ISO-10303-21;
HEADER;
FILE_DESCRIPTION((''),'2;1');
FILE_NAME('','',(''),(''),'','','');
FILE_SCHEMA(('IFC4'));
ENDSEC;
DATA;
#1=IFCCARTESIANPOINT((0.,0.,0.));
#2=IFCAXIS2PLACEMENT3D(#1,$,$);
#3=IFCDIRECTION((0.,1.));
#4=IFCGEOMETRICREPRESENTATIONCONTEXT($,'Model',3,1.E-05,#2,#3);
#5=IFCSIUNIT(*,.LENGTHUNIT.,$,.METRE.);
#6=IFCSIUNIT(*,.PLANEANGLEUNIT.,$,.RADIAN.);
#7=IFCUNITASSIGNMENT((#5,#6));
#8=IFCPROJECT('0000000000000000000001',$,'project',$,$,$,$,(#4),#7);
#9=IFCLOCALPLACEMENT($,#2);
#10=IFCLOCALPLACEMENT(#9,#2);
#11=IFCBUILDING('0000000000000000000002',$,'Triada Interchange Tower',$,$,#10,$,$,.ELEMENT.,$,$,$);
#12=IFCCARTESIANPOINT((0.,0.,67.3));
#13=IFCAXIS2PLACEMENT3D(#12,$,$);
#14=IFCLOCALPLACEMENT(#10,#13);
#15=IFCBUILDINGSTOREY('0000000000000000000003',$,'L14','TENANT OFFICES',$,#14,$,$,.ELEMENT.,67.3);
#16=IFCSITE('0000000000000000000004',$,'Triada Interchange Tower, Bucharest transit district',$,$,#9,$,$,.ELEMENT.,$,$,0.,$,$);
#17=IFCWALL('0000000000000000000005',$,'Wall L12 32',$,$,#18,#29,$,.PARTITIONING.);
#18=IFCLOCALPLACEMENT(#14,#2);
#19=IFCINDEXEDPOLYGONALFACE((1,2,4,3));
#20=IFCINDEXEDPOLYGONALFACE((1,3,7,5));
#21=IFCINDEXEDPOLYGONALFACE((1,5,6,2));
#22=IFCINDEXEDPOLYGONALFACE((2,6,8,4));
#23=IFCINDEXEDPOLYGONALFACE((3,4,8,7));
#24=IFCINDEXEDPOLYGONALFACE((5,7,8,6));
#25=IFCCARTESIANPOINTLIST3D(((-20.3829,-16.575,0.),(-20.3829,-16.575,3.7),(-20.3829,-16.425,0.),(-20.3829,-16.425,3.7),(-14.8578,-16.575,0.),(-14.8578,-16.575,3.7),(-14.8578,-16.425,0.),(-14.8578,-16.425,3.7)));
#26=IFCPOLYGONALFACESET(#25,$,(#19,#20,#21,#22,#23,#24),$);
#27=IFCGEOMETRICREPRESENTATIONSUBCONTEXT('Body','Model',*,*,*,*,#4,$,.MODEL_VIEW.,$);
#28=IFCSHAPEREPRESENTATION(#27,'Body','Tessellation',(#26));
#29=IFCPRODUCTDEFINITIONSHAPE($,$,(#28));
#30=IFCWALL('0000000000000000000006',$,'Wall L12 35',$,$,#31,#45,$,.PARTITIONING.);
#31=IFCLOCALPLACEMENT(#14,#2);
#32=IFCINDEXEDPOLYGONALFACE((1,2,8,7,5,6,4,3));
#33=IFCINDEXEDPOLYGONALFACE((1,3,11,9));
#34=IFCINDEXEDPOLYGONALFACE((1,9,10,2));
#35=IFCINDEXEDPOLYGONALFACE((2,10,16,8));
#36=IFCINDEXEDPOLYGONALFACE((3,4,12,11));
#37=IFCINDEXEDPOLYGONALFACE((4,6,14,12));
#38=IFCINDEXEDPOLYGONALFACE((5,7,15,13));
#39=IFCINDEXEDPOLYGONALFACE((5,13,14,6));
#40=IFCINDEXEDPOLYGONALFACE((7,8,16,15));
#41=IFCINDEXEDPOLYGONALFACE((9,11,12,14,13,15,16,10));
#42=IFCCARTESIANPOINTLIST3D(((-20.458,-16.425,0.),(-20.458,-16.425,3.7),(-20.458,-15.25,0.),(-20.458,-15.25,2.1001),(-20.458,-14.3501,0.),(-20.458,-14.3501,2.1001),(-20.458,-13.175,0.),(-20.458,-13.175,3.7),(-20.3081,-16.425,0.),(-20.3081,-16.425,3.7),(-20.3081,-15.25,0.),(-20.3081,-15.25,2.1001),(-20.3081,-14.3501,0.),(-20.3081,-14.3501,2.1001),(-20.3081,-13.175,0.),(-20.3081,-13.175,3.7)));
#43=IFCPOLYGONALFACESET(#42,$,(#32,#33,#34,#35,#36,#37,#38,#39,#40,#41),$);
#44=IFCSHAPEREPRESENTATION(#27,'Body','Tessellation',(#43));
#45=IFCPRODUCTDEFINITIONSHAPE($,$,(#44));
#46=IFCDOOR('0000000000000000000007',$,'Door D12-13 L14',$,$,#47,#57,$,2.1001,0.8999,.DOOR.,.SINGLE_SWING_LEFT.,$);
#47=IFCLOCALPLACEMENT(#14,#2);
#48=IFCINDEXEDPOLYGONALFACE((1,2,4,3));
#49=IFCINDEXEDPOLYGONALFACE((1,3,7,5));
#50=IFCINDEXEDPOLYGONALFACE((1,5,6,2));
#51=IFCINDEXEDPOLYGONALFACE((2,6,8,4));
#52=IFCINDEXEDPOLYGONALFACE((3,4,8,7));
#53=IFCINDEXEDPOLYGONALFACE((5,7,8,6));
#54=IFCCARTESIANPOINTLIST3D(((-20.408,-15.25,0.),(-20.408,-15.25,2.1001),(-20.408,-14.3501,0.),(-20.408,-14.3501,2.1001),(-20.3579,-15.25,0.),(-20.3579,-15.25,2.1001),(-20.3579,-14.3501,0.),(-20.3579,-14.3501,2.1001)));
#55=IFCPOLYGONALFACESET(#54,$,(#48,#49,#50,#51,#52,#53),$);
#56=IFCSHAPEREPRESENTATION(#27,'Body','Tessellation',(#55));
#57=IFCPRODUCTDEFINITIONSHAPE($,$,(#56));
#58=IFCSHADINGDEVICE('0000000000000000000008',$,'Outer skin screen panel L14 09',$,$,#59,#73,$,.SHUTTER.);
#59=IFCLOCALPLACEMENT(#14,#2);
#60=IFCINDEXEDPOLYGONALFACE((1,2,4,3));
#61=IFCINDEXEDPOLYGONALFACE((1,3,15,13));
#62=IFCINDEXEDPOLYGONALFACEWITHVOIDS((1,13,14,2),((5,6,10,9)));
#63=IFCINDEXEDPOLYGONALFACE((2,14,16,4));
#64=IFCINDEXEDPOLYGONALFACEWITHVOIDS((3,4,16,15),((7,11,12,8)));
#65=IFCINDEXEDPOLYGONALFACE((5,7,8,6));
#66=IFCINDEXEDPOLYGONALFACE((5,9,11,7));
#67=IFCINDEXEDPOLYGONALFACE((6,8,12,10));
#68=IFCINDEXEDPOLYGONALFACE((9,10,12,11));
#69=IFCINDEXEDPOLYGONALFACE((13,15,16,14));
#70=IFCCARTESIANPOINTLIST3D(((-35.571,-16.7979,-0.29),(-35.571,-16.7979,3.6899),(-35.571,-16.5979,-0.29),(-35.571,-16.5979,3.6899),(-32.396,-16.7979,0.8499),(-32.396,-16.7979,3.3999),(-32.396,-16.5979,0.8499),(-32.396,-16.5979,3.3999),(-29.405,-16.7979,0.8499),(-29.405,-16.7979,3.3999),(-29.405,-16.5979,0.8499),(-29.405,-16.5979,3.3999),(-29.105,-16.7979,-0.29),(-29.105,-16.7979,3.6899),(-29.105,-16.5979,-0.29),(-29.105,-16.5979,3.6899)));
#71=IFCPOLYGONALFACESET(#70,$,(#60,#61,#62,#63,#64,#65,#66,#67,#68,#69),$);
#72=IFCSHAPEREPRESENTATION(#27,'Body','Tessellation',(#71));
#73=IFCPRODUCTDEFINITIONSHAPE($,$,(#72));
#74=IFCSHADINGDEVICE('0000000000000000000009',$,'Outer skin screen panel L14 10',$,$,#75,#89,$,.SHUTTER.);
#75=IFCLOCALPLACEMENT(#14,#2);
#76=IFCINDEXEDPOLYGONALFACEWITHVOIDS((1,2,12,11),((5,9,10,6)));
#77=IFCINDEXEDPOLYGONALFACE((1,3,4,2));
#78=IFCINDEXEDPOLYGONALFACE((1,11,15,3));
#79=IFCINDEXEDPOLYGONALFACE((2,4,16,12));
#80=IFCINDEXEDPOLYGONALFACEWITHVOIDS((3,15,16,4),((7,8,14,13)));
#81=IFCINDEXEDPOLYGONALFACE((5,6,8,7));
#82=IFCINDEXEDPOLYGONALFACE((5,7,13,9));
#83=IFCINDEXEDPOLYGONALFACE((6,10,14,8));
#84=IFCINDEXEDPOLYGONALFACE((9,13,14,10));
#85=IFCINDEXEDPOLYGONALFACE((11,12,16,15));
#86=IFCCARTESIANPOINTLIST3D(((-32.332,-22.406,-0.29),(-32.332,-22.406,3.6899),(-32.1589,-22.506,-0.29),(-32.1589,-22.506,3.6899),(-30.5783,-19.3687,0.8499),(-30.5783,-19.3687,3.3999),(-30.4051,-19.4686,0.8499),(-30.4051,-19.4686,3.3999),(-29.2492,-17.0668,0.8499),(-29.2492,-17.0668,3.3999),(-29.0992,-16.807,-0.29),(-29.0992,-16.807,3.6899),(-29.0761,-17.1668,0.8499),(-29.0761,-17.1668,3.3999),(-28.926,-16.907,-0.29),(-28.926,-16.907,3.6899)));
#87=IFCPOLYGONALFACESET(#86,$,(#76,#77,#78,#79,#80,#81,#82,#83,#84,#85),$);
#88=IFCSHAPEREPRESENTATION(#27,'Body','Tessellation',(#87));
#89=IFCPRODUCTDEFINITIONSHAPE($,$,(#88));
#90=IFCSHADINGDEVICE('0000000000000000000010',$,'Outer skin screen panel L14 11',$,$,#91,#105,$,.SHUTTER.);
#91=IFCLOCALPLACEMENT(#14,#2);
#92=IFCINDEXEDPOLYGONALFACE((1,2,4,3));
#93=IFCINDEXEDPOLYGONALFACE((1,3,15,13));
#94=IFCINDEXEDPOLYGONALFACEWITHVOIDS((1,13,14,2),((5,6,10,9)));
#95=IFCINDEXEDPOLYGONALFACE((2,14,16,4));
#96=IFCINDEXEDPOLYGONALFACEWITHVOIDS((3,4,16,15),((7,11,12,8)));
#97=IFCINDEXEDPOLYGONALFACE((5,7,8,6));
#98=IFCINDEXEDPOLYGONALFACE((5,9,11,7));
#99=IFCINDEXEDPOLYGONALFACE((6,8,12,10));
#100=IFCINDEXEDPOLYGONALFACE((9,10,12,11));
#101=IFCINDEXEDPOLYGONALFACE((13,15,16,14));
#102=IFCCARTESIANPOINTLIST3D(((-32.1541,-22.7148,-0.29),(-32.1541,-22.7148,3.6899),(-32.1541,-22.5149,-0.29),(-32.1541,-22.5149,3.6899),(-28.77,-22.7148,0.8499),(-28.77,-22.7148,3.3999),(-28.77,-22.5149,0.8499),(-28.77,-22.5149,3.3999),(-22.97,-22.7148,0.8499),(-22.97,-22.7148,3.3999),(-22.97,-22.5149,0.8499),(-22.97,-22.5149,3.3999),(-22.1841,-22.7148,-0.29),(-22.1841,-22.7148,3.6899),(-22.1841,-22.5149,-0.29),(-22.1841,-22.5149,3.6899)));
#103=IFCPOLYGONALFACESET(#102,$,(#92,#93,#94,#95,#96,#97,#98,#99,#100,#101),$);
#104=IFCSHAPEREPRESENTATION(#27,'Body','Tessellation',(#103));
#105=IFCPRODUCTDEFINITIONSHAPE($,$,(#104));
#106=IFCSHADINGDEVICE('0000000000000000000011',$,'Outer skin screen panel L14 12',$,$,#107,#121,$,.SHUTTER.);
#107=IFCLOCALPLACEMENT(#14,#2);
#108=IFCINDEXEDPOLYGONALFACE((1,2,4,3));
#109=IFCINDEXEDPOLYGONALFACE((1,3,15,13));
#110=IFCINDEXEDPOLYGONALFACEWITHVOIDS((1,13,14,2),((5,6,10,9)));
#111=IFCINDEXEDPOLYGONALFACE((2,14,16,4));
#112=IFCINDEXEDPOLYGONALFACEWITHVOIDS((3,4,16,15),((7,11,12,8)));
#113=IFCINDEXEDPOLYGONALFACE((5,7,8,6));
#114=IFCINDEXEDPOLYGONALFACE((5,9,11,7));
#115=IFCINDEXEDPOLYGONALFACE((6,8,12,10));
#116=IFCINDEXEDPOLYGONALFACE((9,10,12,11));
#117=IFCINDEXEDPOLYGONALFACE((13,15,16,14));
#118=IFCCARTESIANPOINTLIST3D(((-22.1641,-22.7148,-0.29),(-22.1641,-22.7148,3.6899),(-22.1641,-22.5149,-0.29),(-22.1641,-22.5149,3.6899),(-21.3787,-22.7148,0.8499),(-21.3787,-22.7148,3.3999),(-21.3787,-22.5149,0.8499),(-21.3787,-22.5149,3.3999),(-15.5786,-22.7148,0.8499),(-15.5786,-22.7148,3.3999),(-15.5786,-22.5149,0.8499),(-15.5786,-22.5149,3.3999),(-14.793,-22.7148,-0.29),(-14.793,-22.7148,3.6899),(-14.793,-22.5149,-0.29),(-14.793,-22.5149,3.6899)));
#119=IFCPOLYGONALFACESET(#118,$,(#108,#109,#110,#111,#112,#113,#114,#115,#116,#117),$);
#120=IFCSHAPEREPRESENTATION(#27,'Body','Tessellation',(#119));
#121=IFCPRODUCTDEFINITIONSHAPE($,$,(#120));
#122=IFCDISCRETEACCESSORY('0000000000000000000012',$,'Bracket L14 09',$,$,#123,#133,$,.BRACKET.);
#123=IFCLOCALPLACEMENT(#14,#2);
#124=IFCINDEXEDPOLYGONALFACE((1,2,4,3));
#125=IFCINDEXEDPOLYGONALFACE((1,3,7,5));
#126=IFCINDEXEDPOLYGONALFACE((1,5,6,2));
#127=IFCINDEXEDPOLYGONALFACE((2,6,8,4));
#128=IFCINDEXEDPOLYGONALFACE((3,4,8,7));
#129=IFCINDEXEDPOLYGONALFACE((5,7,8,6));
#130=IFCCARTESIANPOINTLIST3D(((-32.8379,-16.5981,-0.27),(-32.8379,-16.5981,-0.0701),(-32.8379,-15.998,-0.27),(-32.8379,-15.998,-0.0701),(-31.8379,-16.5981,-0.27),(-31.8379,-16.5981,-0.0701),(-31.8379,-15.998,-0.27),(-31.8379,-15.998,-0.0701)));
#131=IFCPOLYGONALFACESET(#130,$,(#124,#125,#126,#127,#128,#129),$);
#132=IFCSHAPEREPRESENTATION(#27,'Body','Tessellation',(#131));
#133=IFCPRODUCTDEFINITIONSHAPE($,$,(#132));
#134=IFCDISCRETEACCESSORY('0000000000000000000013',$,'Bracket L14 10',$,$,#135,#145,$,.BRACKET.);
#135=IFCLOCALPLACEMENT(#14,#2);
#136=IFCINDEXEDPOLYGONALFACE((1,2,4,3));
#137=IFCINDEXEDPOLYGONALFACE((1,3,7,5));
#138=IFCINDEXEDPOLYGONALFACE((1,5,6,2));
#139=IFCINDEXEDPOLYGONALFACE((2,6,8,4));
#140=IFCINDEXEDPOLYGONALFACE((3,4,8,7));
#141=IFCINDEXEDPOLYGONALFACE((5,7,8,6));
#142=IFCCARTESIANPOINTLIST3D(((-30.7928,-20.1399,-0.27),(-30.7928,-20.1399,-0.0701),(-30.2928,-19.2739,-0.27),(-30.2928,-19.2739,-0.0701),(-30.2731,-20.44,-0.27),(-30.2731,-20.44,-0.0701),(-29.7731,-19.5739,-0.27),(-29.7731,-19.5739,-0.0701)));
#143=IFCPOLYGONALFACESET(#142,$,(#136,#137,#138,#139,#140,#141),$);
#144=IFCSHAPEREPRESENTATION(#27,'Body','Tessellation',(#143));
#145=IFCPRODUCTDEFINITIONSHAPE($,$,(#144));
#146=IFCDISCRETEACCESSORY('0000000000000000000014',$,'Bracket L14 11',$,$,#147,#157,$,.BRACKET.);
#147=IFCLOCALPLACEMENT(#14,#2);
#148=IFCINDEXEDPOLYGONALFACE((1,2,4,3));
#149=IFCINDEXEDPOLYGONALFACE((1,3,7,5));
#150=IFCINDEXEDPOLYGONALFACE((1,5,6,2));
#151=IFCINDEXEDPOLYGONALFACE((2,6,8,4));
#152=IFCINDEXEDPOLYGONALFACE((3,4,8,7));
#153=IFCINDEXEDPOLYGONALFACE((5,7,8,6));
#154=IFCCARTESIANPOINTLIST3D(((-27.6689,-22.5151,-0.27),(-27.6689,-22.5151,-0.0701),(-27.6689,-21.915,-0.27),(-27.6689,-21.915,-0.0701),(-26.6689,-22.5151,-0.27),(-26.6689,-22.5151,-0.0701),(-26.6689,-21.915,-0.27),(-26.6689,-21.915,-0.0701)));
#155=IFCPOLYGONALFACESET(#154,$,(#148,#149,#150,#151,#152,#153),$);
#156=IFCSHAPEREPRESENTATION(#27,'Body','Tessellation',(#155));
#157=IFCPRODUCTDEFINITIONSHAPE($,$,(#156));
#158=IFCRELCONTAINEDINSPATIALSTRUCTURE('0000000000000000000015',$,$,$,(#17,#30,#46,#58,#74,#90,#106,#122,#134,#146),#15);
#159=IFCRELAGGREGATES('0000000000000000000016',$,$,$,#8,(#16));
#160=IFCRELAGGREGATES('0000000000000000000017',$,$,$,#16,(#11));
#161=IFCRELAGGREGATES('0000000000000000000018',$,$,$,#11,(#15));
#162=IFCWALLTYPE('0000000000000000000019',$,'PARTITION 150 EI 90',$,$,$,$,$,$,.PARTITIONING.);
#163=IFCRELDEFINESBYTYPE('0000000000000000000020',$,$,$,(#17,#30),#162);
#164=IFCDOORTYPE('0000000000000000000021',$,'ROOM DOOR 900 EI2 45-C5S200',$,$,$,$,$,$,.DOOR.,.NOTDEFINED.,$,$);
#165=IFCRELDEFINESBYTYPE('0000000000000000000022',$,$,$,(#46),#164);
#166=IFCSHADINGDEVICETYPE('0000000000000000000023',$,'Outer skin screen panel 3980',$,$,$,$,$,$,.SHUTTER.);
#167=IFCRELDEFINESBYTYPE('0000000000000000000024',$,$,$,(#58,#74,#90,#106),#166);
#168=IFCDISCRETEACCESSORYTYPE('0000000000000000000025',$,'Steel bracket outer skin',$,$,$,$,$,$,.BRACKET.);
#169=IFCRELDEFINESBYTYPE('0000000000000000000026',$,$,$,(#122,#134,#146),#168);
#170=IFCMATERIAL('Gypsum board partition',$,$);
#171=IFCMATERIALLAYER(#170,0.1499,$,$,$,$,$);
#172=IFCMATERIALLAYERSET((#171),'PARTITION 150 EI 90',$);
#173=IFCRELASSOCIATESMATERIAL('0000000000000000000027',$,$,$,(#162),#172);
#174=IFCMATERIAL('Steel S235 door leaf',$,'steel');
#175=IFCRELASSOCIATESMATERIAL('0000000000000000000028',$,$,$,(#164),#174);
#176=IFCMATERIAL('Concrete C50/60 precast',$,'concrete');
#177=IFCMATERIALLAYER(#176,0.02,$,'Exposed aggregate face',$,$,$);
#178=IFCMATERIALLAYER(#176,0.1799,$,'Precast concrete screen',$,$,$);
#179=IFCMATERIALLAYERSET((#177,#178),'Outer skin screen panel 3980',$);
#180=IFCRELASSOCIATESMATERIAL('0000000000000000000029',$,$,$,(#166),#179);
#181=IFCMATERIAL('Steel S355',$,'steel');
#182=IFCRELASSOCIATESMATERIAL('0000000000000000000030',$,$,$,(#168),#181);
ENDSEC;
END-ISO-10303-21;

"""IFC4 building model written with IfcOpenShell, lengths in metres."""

from ifc_helpers import new_model, si_unit, direction, frame, frame_2d, origin, origin_2d, place, context, subcontext, project, spatial, polyline, rectangle, outline, extrude, material, layer, layer_set, type_object, element, fill, save


model = new_model("IFC4")

# Units and contexts
model_context = context("Model", 3, precision=1e-05, world=origin(), true_north=direction((0.0, 1.0)))
body_context = subcontext(model_context, "Body", "Model", "MODEL_VIEW")
ifc_project = project(units=[si_unit("LENGTHUNIT", "METRE"), si_unit("PLANEANGLEUNIT", "RADIAN")], contexts=[model_context])

# Site, building, storey
site_placement = place(None, origin())
site = spatial("IfcSite", under=ifc_project, at=site_placement, Name="Triada Interchange Tower, Bucharest transit district", CompositionType="ELEMENT", RefElevation=0.0)
building_placement = place(site_placement, origin())
building = spatial("IfcBuilding", under=site, at=building_placement, Name="Triada Interchange Tower", CompositionType="ELEMENT")
storey_placement = place(building_placement, frame((0.0, 0.0, 67.3)))
storey = spatial("IfcBuildingStorey", under=building, at=storey_placement, Name="L14", Description="TENANT OFFICES", CompositionType="ELEMENT", Elevation=67.3)

# Wall
ifc_material_1 = material(Name="Gypsum board partition")
ifc_layer_1 = layer(ifc_material_1, 0.1499)
ifc_layer_set_1 = layer_set([ifc_layer_1], Name="PARTITION 150 EI 90")
wall_type_1 = type_object("IfcWallType", Name="PARTITION 150 EI 90", PredefinedType="PARTITIONING", material=ifc_layer_set_1)
wall_1_placement = place(storey_placement, frame((-20.3831, -16.5, 0.0), z_axis=(0.0, 0.0, 1.0), x_axis=(1.0, 0.0, 0.0)))
element("IfcWall", 1, at=wall_1_placement, inside=storey, type_object=wall_type_1, Name="Wall L12 32", PredefinedType="PARTITIONING", context=body_context, shape_type="SweptSolid", body=[
    extrude(rectangle(XDim=5.5251, YDim=0.1499, at=frame_2d((2.7627, 0.0))), origin(), (0.0, 0.0, 1.0), 3.7),
])

# Wall, opening, door
wall_2_placement = place(storey_placement, frame((-20.3831, -16.425, 0.0), z_axis=(0.0, 0.0, 1.0), x_axis=(0.0, 1.0, 0.0)))
wall_2 = element("IfcWall", 2, at=wall_2_placement, inside=storey, type_object=wall_type_1, Name="Wall L12 35", PredefinedType="PARTITIONING", context=body_context, shape_type="SweptSolid", body=[
    extrude(rectangle(XDim=3.25, YDim=0.1499, at=frame_2d((1.625, 0.0))), origin(), (0.0, 0.0, 1.0), 3.7),
])
opening_1_placement = place(wall_2_placement, frame((1.175, 0.0, 0.0)))
opening_1 = element("IfcOpeningElement", 3, at=opening_1_placement, cuts=wall_2, PredefinedType="OPENING", context=body_context, shape_type="SweptSolid", body=[
    extrude(rectangle(XDim=0.8999, YDim=2.1001, at=frame_2d((0.45, 1.05))), frame((0.0, 0.085, 0.0), z_axis=(0.0, -1.0, 0.0), x_axis=(1.0, 0.0, 0.0)), (0.0, 0.0, 1.0), 0.1699),
])
ifc_material_2 = material(Name="Steel S235 door leaf", Category="steel")
door_type = type_object("IfcDoorType", Name="ROOM DOOR 900 EI2 45-C5S200", OperationType="NOTDEFINED", PredefinedType="DOOR", material=ifc_material_2)
door_placement = place(opening_1_placement, origin())
door = element("IfcDoor", 4, at=door_placement, inside=storey, type_object=door_type, Name="Door D12-13 L14", OperationType="SINGLE_SWING_LEFT", OverallHeight=2.1001, OverallWidth=0.8999, PredefinedType="DOOR", context=body_context, shape_type="SweptSolid", body=[
    extrude(rectangle(XDim=0.8999, YDim=2.1001, at=frame_2d((0.45, 1.05))), frame((0.0, 0.0249, 0.0), z_axis=(0.0, -1.0, 0.0), x_axis=(1.0, 0.0, 0.0)), (0.0, 0.0, 1.0), 0.05),
])
fill(opening_1, door)

# Shading devices
ifc_material_3 = material(Name="Concrete C50/60 precast", Category="concrete")
ifc_layer_2 = layer(ifc_material_3, 0.02, Name="Exposed aggregate face")
ifc_layer_3 = layer(ifc_material_3, 0.1799, Name="Precast concrete screen")
ifc_layer_set_2 = layer_set([ifc_layer_2, ifc_layer_3], Name="Outer skin screen panel 3980")
shading_device_type = type_object("IfcShadingDeviceType", Name="Outer skin screen panel 3980", PredefinedType="SHUTTER", material=ifc_layer_set_2)
shading_device_1_placement = place(storey_placement, frame((-35.571, -16.5979, -0.29), z_axis=(0.0, 0.0, 1.0), x_axis=(1.0, 0.0, 0.0)))
element("IfcShadingDevice", 5, at=shading_device_1_placement, inside=storey, type_object=shading_device_type, Name="Outer skin screen panel L14 09", PredefinedType="SHUTTER", context=body_context, shape_type="SweptSolid", body=[
    extrude(outline(polyline([(0.0, 0.0), (6.4661, 0.0), (6.4661, 3.98), (0.0, 3.98), (0.0, 0.0)]), holes=[polyline([(3.175, 1.1399), (3.175, 3.6899), (6.166, 3.6899), (6.166, 1.1399), (3.175, 1.1399)])]), frame((0.0, 0.0, 0.0), z_axis=(0.0, -1.0, 0.0), x_axis=(1.0, 0.0, 0.0)), (0.0, 0.0, 1.0), 0.2),
])
shading_device_2_placement = place(storey_placement, frame((-28.926, -16.907, -0.29), z_axis=(0.0, 0.0, 1.0), x_axis=(-0.50003, -0.866008, 0.0)))
element("IfcShadingDevice", 6, at=shading_device_2_placement, inside=storey, type_object=shading_device_type, Name="Outer skin screen panel L14 10", PredefinedType="SHUTTER", context=body_context, shape_type="SweptSolid", body=[
    extrude(outline(polyline([(0.0, 0.0), (6.4653, 0.0), (6.4653, 3.98), (0.0, 3.98), (0.0, 0.0)]), holes=[polyline([(0.3, 1.1399), (0.3, 3.6899), (2.958, 3.6899), (2.958, 1.1399), (0.3, 1.1399)])]), frame((0.0, 0.0, 0.0), z_axis=(0.0, -1.0, 0.0), x_axis=(1.0, 0.0, 0.0)), (0.0, 0.0, 1.0), 0.2),
])
shading_device_3_placement = place(storey_placement, frame((-32.1541, -22.5149, -0.29), z_axis=(0.0, 0.0, 1.0), x_axis=(1.0, 0.0, 0.0)))
element("IfcShadingDevice", 7, at=shading_device_3_placement, inside=storey, type_object=shading_device_type, Name="Outer skin screen panel L14 11", PredefinedType="SHUTTER", context=body_context, shape_type="SweptSolid", body=[
    extrude(outline(polyline([(0.0, 0.0), (9.97, 0.0), (9.97, 3.98), (0.0, 3.98), (0.0, 0.0)]), holes=[polyline([(3.384, 1.1399), (3.384, 3.6899), (9.1841, 3.6899), (9.1841, 1.1399), (3.384, 1.1399)])]), frame((0.0, 0.0, 0.0), z_axis=(0.0, -1.0, 0.0), x_axis=(1.0, 0.0, 0.0)), (0.0, 0.0, 1.0), 0.2),
])
shading_device_4_placement = place(storey_placement, frame((-22.1641, -22.5149, -0.29), z_axis=(0.0, 0.0, 1.0), x_axis=(1.0, 0.0, 0.0)))
element("IfcShadingDevice", 8, at=shading_device_4_placement, inside=storey, type_object=shading_device_type, Name="Outer skin screen panel L14 12", PredefinedType="SHUTTER", context=body_context, shape_type="SweptSolid", body=[
    extrude(outline(polyline([(0.0, 0.0), (7.3711, 0.0), (7.3711, 3.98), (0.0, 3.98), (0.0, 0.0)]), holes=[polyline([(0.7854, 1.1399), (0.7854, 3.6899), (6.5854, 3.6899), (6.5854, 1.1399), (0.7854, 1.1399)])]), frame((0.0, 0.0, 0.0), z_axis=(0.0, -1.0, 0.0), x_axis=(1.0, 0.0, 0.0)), (0.0, 0.0, 1.0), 0.2),
])

# Discrete accessories
ifc_material_4 = material(Name="Steel S355", Category="steel")
discrete_accessory_type = type_object("IfcDiscreteAccessoryType", Name="Steel bracket outer skin", PredefinedType="BRACKET", material=ifc_material_4)
for number, where, z_axis, x_axis, name in (
    (9, (-32.3379, -16.2981, -0.27), (0.0, 0.0, 1.0), (0.0, -1.0, 0.0), "Bracket L14 09"),
    (10, (-30.283, -19.8569, -0.27), (0.0, 0.0, 1.0), (-0.866037, 0.49998, 0.0), "Bracket L14 10"),
    (11, (-27.1689, -22.2151, -0.27), (0.0, 0.0, 1.0), (0.0, -1.0, 0.0), "Bracket L14 11"),
):
    element("IfcDiscreteAccessory", number, at=place(storey_placement, frame(where, z_axis=z_axis, x_axis=x_axis)), inside=storey, type_object=discrete_accessory_type, Name=name, PredefinedType="BRACKET", context=body_context, shape_type="SweptSolid", body=[
        extrude(rectangle(XDim=0.6001, YDim=1.0, at=origin_2d()), origin(), (0.0, 0.0, 1.0), 0.2),
    ])

save(model, "model.ifc")
